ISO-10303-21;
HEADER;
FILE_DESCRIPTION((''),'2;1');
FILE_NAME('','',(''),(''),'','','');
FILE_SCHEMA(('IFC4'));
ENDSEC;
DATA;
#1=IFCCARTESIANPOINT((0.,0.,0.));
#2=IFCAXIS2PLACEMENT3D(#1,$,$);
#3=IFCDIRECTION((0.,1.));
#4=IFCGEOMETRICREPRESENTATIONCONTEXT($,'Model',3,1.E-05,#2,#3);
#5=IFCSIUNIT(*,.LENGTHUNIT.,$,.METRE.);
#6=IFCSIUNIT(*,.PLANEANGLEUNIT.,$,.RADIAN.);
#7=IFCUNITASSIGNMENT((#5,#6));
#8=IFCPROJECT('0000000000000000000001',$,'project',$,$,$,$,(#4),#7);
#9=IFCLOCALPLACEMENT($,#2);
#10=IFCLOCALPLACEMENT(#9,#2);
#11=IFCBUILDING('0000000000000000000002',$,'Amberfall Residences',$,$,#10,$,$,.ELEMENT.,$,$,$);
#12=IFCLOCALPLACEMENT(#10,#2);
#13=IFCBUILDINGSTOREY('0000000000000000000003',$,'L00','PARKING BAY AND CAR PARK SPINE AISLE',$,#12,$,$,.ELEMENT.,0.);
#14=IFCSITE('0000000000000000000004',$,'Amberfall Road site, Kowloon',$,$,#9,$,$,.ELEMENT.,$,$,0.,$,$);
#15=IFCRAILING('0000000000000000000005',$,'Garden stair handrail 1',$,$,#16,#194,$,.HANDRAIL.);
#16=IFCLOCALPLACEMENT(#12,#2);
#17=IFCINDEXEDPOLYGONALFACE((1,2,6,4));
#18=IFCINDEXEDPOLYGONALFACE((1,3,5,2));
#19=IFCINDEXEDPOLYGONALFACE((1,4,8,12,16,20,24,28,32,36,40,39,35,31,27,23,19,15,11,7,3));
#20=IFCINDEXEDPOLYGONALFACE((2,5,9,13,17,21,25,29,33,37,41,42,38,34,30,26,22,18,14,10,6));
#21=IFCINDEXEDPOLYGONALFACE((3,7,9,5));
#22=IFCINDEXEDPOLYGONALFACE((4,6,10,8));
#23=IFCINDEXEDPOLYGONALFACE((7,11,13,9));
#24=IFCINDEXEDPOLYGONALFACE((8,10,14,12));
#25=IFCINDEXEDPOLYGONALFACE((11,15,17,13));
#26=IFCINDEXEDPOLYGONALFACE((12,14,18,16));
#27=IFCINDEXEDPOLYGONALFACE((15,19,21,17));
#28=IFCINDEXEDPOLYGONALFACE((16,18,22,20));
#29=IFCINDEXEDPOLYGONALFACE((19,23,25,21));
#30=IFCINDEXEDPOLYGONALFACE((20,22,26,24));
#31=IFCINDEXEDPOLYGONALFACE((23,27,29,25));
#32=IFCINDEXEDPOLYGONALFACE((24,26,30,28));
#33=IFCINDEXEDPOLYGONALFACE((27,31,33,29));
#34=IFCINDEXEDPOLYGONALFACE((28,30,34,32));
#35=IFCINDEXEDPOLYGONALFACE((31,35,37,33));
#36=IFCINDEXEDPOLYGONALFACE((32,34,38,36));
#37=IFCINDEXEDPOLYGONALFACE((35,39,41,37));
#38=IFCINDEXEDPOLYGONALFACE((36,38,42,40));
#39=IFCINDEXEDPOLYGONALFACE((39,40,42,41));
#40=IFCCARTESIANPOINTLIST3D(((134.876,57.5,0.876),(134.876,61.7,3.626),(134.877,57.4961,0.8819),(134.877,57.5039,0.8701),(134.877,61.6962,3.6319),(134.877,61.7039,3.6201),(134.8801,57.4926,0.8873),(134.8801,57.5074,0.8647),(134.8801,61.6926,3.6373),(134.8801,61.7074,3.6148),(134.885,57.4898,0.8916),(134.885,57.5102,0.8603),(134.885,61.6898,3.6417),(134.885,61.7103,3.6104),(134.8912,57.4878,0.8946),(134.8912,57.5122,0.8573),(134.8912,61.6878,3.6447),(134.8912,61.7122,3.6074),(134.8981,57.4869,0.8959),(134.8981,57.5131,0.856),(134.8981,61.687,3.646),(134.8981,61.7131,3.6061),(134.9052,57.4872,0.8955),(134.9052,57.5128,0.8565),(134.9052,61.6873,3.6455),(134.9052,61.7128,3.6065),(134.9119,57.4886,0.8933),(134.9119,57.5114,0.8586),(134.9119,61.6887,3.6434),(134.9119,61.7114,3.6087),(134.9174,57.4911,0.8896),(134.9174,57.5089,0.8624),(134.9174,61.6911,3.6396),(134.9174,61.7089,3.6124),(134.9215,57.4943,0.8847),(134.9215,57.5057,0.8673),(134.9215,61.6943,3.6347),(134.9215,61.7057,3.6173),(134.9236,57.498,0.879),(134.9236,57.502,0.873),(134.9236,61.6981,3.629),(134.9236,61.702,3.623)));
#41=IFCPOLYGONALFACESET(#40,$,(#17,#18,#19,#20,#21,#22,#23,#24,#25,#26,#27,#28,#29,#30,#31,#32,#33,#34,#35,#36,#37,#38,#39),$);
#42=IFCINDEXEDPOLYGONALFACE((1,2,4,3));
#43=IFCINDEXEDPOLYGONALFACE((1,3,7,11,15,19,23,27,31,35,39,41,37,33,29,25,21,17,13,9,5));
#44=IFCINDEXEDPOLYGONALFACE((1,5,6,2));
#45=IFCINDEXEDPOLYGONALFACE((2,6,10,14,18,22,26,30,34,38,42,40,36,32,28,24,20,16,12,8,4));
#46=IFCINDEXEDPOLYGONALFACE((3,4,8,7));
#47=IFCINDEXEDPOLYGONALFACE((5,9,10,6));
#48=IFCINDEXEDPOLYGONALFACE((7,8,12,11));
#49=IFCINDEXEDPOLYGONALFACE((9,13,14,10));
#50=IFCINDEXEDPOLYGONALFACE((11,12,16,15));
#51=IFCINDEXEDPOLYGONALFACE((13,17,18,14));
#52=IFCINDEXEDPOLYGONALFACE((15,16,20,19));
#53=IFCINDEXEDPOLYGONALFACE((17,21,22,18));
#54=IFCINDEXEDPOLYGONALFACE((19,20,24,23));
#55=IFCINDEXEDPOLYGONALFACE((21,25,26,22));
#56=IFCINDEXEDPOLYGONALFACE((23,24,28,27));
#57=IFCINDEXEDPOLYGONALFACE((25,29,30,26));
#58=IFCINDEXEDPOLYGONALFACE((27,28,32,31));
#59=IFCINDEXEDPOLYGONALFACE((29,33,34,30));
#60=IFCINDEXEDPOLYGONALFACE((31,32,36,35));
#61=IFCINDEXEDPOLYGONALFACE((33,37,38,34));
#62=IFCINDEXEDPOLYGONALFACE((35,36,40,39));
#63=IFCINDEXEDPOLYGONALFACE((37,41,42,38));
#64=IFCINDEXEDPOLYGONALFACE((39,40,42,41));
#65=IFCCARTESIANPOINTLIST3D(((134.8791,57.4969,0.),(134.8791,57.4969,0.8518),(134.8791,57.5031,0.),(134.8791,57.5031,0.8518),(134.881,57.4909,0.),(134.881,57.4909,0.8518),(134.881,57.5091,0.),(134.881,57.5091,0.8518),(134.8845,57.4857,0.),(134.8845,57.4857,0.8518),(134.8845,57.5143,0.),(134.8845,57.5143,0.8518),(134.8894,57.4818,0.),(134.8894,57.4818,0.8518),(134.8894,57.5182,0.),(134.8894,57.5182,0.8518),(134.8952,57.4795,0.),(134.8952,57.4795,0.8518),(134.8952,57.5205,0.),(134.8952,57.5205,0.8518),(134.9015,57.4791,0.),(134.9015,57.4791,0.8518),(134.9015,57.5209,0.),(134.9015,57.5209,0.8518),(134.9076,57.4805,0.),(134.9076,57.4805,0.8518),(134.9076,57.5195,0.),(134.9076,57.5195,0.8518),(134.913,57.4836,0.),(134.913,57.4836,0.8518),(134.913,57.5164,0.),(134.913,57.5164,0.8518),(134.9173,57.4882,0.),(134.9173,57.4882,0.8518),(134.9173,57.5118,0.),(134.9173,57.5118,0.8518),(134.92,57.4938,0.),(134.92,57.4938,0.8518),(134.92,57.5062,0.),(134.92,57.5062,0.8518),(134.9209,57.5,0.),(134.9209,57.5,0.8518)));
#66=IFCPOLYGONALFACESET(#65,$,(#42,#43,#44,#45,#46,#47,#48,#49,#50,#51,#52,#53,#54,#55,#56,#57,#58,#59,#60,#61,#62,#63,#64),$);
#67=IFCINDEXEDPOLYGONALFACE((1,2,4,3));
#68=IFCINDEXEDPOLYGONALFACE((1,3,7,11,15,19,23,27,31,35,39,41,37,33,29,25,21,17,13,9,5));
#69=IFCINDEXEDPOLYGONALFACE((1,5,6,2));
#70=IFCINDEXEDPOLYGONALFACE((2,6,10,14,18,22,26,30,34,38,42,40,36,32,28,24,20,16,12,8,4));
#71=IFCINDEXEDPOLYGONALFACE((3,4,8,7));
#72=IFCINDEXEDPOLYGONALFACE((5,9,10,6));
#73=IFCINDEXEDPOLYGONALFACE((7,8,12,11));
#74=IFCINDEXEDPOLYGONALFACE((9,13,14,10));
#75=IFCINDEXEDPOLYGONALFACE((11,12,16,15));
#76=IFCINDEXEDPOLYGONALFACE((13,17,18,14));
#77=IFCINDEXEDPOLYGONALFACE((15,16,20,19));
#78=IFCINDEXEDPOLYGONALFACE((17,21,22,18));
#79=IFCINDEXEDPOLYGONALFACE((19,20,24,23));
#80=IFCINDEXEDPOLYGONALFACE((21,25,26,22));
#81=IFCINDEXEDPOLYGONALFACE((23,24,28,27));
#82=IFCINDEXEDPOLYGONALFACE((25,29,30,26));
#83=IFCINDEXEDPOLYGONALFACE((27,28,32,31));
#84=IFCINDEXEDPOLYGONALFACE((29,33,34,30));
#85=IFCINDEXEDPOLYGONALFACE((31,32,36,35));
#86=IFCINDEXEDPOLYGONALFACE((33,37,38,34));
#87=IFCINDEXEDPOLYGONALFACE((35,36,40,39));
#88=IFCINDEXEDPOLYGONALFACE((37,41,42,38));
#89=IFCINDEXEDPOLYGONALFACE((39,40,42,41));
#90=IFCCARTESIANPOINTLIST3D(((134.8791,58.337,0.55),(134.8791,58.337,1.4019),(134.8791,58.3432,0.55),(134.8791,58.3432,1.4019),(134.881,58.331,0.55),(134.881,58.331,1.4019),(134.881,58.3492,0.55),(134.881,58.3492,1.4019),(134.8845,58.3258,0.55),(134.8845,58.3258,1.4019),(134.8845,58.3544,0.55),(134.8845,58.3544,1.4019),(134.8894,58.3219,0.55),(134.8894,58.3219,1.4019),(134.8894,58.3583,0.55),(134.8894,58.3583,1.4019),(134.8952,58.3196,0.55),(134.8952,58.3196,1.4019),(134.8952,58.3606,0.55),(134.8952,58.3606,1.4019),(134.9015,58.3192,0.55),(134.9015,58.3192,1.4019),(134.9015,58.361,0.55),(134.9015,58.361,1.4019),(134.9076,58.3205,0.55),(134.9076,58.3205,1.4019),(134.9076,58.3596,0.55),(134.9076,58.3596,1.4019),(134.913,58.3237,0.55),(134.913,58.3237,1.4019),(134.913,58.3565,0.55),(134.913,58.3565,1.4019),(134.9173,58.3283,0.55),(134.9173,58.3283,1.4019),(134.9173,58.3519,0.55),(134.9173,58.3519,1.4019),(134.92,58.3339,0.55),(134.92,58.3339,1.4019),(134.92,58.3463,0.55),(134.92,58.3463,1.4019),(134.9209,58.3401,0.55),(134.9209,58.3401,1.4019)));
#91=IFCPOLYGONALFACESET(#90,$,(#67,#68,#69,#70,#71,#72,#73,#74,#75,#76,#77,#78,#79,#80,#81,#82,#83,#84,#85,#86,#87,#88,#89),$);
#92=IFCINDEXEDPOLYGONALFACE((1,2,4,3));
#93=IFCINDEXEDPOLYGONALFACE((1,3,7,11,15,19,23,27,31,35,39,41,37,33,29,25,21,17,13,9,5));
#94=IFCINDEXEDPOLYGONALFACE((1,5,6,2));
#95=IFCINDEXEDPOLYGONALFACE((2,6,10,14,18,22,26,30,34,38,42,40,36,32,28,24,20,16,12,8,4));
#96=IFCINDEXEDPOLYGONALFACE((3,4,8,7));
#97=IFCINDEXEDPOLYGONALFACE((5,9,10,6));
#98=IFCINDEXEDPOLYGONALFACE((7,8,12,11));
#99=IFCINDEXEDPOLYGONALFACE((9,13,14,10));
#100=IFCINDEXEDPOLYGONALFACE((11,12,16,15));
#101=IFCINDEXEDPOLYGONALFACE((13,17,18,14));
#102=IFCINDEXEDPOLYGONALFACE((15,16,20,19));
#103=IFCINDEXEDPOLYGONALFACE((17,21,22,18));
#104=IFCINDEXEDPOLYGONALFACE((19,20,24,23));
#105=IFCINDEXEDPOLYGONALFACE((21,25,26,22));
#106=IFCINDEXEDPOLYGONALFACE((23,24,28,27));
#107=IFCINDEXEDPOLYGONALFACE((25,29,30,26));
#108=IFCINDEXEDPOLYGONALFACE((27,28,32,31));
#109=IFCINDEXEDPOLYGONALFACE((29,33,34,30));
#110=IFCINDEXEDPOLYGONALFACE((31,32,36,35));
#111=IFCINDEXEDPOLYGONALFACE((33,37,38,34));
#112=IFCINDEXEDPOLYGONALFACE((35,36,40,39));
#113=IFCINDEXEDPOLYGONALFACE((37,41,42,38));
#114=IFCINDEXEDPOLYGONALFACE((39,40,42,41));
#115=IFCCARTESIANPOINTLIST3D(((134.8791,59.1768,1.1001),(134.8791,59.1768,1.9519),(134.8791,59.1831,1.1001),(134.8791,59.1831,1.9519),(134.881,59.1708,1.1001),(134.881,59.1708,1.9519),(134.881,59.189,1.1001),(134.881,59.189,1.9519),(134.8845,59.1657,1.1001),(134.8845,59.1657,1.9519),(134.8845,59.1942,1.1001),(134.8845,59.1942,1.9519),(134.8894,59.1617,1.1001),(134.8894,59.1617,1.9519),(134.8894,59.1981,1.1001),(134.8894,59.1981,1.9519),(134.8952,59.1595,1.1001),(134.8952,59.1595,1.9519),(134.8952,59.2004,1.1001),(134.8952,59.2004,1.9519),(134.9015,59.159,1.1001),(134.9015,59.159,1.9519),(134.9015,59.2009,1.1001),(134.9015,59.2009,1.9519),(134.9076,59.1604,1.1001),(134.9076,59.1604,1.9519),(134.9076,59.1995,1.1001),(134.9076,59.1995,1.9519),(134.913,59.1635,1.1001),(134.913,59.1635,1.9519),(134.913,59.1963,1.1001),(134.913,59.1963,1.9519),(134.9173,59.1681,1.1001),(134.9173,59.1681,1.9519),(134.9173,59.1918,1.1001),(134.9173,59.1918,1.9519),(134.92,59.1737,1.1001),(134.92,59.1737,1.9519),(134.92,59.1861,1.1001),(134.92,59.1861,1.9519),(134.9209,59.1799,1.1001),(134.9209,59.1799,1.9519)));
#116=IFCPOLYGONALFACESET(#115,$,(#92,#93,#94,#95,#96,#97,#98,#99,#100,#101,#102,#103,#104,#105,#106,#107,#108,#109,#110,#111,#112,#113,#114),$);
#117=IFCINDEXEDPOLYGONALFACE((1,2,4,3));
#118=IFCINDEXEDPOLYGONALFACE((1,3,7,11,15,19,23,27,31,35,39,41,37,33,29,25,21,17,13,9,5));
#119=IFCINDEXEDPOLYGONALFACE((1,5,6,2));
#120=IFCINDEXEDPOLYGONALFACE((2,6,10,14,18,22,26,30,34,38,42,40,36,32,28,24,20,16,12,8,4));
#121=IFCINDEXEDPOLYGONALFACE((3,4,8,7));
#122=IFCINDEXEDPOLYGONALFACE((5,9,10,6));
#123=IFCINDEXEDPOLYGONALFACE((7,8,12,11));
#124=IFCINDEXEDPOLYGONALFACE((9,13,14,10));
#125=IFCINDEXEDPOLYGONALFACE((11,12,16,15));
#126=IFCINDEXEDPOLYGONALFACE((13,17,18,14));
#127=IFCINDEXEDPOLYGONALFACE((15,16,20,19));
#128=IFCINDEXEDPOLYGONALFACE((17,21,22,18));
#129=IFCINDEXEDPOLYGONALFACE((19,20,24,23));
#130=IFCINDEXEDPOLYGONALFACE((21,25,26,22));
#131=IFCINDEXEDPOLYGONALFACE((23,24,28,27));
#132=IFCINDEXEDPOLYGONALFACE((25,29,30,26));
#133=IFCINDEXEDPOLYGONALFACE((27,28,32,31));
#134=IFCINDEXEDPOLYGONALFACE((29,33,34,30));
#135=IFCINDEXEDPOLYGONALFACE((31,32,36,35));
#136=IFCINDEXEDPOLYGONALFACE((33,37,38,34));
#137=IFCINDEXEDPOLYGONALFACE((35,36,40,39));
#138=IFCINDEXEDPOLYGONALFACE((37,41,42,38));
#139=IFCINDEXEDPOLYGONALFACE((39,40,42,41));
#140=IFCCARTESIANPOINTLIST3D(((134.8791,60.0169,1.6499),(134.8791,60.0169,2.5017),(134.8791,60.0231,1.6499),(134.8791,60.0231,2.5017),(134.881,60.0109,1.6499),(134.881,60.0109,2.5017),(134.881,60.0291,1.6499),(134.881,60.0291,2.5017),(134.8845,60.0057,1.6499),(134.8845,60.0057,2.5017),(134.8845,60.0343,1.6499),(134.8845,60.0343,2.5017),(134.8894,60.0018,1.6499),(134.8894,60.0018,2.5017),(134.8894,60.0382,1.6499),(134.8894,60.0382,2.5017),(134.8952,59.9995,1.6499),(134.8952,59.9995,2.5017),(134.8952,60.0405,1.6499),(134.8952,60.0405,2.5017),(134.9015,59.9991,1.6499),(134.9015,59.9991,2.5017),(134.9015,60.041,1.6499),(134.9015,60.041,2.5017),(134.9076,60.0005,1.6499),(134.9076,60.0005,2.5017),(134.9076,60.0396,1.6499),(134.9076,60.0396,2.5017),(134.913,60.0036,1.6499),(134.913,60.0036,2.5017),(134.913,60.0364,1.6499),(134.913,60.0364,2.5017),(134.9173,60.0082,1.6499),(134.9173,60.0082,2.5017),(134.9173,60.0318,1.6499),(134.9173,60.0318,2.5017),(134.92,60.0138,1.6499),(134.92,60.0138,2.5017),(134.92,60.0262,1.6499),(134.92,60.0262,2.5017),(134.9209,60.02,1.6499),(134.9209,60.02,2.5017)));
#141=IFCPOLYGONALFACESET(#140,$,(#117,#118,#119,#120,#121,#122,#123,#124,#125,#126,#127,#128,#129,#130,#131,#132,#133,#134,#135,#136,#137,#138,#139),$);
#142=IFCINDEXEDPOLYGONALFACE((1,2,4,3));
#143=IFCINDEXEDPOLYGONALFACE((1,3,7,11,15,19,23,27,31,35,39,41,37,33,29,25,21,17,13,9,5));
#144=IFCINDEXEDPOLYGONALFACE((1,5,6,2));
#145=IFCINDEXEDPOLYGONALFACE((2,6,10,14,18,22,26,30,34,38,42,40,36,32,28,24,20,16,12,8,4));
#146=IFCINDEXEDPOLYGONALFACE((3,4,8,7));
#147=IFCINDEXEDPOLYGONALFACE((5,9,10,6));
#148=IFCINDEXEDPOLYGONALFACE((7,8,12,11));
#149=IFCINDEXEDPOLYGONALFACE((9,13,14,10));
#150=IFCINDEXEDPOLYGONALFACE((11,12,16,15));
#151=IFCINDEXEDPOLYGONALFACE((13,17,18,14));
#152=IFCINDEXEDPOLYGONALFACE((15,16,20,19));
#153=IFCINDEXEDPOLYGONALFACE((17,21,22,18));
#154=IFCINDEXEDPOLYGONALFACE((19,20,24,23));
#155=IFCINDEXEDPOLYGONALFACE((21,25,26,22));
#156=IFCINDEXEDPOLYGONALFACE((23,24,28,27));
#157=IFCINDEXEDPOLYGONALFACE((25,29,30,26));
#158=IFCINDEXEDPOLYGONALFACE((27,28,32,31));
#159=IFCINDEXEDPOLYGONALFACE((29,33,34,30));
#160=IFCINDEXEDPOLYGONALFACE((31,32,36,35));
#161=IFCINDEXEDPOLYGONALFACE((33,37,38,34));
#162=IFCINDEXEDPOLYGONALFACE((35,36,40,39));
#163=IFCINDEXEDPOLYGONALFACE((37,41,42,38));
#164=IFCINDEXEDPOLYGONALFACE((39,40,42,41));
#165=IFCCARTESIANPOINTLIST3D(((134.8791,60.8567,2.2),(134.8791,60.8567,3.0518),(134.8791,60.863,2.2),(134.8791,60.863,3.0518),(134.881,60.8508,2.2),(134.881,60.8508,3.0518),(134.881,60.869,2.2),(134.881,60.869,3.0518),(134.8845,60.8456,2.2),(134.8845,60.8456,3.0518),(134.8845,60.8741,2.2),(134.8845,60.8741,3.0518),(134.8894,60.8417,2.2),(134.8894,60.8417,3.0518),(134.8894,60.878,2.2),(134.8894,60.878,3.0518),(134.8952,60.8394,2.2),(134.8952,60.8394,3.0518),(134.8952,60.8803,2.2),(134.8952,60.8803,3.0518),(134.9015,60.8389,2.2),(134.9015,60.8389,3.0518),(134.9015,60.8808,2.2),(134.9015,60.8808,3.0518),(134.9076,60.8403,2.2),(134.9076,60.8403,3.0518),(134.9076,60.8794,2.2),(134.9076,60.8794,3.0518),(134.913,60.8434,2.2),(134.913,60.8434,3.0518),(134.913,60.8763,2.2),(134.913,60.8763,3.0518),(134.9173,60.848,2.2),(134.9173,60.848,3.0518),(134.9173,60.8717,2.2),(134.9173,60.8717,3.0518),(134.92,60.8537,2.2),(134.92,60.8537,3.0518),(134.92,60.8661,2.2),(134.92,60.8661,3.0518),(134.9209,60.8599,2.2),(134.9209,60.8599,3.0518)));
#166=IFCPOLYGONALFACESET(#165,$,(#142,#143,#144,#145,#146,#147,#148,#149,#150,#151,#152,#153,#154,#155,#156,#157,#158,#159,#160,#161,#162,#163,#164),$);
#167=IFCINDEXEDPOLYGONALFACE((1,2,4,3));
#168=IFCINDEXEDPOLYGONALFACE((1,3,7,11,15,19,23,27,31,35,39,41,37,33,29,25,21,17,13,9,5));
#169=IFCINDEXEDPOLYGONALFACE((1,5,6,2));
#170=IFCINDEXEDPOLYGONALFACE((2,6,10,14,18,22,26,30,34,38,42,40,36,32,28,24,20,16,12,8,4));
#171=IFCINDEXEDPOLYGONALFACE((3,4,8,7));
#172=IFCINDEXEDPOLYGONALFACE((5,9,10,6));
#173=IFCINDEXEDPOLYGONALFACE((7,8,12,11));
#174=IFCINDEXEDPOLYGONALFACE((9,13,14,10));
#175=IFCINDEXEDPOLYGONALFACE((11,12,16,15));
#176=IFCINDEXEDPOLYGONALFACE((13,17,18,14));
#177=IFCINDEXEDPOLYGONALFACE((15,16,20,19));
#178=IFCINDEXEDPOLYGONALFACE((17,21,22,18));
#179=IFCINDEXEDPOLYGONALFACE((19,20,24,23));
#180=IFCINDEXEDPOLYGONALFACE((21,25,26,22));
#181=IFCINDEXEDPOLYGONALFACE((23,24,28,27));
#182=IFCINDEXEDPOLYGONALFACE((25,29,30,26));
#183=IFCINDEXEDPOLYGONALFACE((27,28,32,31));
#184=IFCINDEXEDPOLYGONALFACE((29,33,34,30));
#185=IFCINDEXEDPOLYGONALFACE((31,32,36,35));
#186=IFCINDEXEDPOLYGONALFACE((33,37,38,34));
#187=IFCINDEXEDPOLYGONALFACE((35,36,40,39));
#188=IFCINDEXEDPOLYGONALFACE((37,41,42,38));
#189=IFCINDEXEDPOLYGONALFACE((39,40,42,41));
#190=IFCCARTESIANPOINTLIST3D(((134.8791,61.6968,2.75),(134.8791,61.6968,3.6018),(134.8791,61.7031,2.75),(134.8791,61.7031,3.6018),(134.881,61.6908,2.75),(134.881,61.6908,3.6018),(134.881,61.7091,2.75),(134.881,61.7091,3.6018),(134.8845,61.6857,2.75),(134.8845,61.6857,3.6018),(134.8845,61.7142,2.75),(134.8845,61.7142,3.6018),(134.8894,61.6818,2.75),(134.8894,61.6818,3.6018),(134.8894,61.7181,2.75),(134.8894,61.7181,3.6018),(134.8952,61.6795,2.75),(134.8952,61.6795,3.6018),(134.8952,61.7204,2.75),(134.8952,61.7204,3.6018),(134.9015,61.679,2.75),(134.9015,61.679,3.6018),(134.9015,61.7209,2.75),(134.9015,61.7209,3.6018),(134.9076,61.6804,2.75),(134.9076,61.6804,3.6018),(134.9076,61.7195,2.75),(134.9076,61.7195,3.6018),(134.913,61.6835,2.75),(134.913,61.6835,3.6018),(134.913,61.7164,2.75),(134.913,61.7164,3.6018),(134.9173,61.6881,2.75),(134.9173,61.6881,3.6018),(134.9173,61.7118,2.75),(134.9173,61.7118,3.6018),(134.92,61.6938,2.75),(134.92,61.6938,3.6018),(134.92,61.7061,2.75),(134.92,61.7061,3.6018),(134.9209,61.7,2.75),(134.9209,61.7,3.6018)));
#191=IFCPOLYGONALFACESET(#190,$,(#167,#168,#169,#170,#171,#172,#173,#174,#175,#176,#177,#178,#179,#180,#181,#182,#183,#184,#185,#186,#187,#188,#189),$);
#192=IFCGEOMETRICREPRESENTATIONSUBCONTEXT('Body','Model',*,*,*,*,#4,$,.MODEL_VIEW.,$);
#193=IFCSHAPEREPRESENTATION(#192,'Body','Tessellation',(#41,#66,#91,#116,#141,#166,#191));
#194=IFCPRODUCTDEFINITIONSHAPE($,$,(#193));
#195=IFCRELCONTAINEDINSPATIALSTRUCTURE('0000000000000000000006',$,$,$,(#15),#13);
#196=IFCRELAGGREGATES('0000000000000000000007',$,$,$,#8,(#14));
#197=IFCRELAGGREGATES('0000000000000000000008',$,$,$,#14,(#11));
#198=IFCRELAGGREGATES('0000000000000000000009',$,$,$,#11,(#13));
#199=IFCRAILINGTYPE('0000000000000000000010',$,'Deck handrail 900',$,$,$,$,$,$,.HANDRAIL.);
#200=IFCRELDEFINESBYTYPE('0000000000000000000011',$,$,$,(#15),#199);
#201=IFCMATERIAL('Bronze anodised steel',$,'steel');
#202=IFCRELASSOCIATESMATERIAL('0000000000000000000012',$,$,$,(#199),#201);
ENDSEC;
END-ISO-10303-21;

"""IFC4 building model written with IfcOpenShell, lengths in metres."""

from ifc_helpers import new_model, si_unit, direction, frame, origin, origin_2d, place, context, subcontext, project, spatial, circle, extrude, material, type_object, element, save


model = new_model("IFC4")

# Units and contexts
model_context = context("Model", 3, precision=1e-05, world=origin(), true_north=direction((0.0, 1.0)))
body_context = subcontext(model_context, "Body", "Model", "MODEL_VIEW")
ifc_project = project(units=[si_unit("LENGTHUNIT", "METRE"), si_unit("PLANEANGLEUNIT", "RADIAN")], contexts=[model_context])

# Site, building, storey
site_placement = place(None, origin())
site = spatial("IfcSite", under=ifc_project, at=site_placement, Name="Amberfall Road site, Kowloon", CompositionType="ELEMENT", RefElevation=0.0)
building_placement = place(site_placement, origin())
building = spatial("IfcBuilding", under=site, at=building_placement, Name="Amberfall Residences", CompositionType="ELEMENT")
storey_placement = place(building_placement, origin())
storey = spatial("IfcBuildingStorey", under=building, at=storey_placement, Name="L00", Description="PARKING BAY AND CAR PARK SPINE AISLE", CompositionType="ELEMENT", Elevation=0.0)

# Railing
ifc_material_1 = material(Name="Bronze anodised steel", Category="steel")
railing_type_1 = type_object("IfcRailingType", Name="Deck handrail 900", PredefinedType="HANDRAIL", material=ifc_material_1)
railing_1_placement = place(storey_placement, frame((134.8999, 57.5, 0.0)))
element("IfcRailing", 1, at=railing_1_placement, inside=storey, type_object=railing_type_1, Name="Garden stair handrail 1", PredefinedType="HANDRAIL", context=body_context, shape_type="SweptSolid", body=[
    extrude(circle(Radius=0.0239, at=origin_2d()), frame((0.0, 0.0, 0.876), z_axis=(0.0, 0.836616, 0.54779), x_axis=(-1.0, 0.0, 0.0)), (0.0, 0.0, 1.0), 5.0203),
    extrude(circle(Radius=0.021, at=origin_2d()), origin(), (0.0, 0.0, 1.0), 0.8518),
    extrude(circle(Radius=0.021, at=origin_2d()), frame((0.0, 0.8401, 0.55)), (0.0, 0.0, 1.0), 0.8518),
    extrude(circle(Radius=0.021, at=origin_2d()), frame((0.0, 1.6799, 1.1001)), (0.0, 0.0, 1.0), 0.8518),
    extrude(circle(Radius=0.021, at=origin_2d()), frame((0.0, 2.52, 1.6499)), (0.0, 0.0, 1.0), 0.8518),
    extrude(circle(Radius=0.021, at=origin_2d()), frame((0.0, 3.3599, 2.2)), (0.0, 0.0, 1.0), 0.8518),
    extrude(circle(Radius=0.021, at=origin_2d()), frame((0.0, 4.2, 2.75)), (0.0, 0.0, 1.0), 0.8518),
])

save(model, "model.ifc")
